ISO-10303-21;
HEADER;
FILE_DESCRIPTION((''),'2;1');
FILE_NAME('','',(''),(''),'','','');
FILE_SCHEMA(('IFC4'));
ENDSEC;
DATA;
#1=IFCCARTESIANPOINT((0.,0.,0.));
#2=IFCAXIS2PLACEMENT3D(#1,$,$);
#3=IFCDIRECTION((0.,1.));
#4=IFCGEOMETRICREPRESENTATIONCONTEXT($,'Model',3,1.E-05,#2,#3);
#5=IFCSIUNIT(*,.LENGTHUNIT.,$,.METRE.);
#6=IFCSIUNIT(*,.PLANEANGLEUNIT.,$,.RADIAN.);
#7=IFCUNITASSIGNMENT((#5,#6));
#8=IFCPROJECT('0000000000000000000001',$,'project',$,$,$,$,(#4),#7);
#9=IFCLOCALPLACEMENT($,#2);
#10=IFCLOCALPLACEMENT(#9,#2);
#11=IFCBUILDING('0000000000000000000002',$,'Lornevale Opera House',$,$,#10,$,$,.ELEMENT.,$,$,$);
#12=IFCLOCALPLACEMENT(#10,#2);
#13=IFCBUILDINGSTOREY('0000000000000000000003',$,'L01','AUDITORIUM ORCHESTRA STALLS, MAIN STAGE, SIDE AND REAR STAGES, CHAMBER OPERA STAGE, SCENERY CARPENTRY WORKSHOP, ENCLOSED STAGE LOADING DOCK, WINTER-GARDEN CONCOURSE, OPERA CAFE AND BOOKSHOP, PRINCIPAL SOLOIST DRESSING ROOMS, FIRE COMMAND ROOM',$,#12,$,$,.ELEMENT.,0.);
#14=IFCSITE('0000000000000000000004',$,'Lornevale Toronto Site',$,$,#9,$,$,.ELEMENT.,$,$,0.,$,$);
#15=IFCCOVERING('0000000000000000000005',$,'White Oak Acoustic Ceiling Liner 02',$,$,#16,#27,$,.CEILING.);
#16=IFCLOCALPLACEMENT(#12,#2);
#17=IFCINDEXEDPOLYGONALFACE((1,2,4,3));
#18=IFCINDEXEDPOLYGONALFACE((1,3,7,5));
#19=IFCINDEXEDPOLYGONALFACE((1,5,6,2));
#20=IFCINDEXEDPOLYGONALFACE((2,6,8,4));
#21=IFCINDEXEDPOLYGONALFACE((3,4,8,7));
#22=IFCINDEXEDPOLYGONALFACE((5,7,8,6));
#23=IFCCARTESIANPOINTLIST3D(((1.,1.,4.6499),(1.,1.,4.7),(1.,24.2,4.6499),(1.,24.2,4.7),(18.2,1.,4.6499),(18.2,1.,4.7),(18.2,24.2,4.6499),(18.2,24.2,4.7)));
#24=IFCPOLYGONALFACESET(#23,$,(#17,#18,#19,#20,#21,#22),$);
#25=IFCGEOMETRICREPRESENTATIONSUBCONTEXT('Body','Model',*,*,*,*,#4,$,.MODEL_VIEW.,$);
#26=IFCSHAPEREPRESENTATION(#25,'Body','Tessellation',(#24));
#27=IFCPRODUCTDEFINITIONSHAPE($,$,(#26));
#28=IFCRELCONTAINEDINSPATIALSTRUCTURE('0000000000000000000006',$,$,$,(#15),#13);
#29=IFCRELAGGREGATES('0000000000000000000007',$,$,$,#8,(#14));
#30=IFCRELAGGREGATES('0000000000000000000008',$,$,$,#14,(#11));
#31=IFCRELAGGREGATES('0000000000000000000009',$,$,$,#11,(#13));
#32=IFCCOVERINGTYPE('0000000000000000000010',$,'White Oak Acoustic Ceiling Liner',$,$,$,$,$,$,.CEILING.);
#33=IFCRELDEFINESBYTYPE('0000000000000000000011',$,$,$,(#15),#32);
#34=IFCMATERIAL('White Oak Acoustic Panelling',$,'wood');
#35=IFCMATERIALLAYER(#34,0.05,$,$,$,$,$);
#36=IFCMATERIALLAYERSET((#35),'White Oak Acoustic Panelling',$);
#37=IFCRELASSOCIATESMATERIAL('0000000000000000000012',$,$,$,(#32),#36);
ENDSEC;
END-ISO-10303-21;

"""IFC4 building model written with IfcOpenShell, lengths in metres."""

from ifc_helpers import new_model, si_unit, direction, frame, origin, place, context, subcontext, project, spatial, polyline, outline, extrude, material, layer, layer_set, type_object, element, save


model = new_model("IFC4")

# Units and contexts
model_context = context("Model", 3, precision=1e-05, world=origin(), true_north=direction((0.0, 1.0)))
body_context = subcontext(model_context, "Body", "Model", "MODEL_VIEW")
ifc_project = project(units=[si_unit("LENGTHUNIT", "METRE"), si_unit("PLANEANGLEUNIT", "RADIAN")], contexts=[model_context])

# Site, building, storey
site_placement = place(None, origin())
site = spatial("IfcSite", under=ifc_project, at=site_placement, Name="Lornevale Toronto Site", CompositionType="ELEMENT", RefElevation=0.0)
building_placement = place(site_placement, origin())
building = spatial("IfcBuilding", under=site, at=building_placement, Name="Lornevale Opera House", CompositionType="ELEMENT")
storey_placement = place(building_placement, origin())
storey = spatial("IfcBuildingStorey", under=building, at=storey_placement, Name="L01", Description="AUDITORIUM ORCHESTRA STALLS, MAIN STAGE, SIDE AND REAR STAGES, CHAMBER OPERA STAGE, SCENERY CARPENTRY WORKSHOP, ENCLOSED STAGE LOADING DOCK, WINTER-GARDEN CONCOURSE, OPERA CAFE AND BOOKSHOP, PRINCIPAL SOLOIST DRESSING ROOMS, FIRE COMMAND ROOM", CompositionType="ELEMENT", Elevation=0.0)

# Covering
ifc_material_1 = material(Name="White Oak Acoustic Panelling", Category="wood")
ifc_layer_1 = layer(ifc_material_1, 0.05)
ifc_layer_set_1 = layer_set([ifc_layer_1], Name="White Oak Acoustic Panelling")
covering_type_1 = type_object("IfcCoveringType", Name="White Oak Acoustic Ceiling Liner", PredefinedType="CEILING", material=ifc_layer_set_1)
covering_1_placement = place(storey_placement, frame((0.0, 0.0, 4.6499)))
element("IfcCovering", 1, at=covering_1_placement, inside=storey, type_object=covering_type_1, Name="White Oak Acoustic Ceiling Liner 02", PredefinedType="CEILING", context=body_context, shape_type="SweptSolid", body=[
    extrude(outline(polyline([(1.0, 1.0), (18.2, 1.0), (18.2, 24.2), (1.0, 24.2), (1.0, 1.0)])), origin(), (0.0, 0.0, 1.0), 0.05),
])

save(model, "model.ifc")
